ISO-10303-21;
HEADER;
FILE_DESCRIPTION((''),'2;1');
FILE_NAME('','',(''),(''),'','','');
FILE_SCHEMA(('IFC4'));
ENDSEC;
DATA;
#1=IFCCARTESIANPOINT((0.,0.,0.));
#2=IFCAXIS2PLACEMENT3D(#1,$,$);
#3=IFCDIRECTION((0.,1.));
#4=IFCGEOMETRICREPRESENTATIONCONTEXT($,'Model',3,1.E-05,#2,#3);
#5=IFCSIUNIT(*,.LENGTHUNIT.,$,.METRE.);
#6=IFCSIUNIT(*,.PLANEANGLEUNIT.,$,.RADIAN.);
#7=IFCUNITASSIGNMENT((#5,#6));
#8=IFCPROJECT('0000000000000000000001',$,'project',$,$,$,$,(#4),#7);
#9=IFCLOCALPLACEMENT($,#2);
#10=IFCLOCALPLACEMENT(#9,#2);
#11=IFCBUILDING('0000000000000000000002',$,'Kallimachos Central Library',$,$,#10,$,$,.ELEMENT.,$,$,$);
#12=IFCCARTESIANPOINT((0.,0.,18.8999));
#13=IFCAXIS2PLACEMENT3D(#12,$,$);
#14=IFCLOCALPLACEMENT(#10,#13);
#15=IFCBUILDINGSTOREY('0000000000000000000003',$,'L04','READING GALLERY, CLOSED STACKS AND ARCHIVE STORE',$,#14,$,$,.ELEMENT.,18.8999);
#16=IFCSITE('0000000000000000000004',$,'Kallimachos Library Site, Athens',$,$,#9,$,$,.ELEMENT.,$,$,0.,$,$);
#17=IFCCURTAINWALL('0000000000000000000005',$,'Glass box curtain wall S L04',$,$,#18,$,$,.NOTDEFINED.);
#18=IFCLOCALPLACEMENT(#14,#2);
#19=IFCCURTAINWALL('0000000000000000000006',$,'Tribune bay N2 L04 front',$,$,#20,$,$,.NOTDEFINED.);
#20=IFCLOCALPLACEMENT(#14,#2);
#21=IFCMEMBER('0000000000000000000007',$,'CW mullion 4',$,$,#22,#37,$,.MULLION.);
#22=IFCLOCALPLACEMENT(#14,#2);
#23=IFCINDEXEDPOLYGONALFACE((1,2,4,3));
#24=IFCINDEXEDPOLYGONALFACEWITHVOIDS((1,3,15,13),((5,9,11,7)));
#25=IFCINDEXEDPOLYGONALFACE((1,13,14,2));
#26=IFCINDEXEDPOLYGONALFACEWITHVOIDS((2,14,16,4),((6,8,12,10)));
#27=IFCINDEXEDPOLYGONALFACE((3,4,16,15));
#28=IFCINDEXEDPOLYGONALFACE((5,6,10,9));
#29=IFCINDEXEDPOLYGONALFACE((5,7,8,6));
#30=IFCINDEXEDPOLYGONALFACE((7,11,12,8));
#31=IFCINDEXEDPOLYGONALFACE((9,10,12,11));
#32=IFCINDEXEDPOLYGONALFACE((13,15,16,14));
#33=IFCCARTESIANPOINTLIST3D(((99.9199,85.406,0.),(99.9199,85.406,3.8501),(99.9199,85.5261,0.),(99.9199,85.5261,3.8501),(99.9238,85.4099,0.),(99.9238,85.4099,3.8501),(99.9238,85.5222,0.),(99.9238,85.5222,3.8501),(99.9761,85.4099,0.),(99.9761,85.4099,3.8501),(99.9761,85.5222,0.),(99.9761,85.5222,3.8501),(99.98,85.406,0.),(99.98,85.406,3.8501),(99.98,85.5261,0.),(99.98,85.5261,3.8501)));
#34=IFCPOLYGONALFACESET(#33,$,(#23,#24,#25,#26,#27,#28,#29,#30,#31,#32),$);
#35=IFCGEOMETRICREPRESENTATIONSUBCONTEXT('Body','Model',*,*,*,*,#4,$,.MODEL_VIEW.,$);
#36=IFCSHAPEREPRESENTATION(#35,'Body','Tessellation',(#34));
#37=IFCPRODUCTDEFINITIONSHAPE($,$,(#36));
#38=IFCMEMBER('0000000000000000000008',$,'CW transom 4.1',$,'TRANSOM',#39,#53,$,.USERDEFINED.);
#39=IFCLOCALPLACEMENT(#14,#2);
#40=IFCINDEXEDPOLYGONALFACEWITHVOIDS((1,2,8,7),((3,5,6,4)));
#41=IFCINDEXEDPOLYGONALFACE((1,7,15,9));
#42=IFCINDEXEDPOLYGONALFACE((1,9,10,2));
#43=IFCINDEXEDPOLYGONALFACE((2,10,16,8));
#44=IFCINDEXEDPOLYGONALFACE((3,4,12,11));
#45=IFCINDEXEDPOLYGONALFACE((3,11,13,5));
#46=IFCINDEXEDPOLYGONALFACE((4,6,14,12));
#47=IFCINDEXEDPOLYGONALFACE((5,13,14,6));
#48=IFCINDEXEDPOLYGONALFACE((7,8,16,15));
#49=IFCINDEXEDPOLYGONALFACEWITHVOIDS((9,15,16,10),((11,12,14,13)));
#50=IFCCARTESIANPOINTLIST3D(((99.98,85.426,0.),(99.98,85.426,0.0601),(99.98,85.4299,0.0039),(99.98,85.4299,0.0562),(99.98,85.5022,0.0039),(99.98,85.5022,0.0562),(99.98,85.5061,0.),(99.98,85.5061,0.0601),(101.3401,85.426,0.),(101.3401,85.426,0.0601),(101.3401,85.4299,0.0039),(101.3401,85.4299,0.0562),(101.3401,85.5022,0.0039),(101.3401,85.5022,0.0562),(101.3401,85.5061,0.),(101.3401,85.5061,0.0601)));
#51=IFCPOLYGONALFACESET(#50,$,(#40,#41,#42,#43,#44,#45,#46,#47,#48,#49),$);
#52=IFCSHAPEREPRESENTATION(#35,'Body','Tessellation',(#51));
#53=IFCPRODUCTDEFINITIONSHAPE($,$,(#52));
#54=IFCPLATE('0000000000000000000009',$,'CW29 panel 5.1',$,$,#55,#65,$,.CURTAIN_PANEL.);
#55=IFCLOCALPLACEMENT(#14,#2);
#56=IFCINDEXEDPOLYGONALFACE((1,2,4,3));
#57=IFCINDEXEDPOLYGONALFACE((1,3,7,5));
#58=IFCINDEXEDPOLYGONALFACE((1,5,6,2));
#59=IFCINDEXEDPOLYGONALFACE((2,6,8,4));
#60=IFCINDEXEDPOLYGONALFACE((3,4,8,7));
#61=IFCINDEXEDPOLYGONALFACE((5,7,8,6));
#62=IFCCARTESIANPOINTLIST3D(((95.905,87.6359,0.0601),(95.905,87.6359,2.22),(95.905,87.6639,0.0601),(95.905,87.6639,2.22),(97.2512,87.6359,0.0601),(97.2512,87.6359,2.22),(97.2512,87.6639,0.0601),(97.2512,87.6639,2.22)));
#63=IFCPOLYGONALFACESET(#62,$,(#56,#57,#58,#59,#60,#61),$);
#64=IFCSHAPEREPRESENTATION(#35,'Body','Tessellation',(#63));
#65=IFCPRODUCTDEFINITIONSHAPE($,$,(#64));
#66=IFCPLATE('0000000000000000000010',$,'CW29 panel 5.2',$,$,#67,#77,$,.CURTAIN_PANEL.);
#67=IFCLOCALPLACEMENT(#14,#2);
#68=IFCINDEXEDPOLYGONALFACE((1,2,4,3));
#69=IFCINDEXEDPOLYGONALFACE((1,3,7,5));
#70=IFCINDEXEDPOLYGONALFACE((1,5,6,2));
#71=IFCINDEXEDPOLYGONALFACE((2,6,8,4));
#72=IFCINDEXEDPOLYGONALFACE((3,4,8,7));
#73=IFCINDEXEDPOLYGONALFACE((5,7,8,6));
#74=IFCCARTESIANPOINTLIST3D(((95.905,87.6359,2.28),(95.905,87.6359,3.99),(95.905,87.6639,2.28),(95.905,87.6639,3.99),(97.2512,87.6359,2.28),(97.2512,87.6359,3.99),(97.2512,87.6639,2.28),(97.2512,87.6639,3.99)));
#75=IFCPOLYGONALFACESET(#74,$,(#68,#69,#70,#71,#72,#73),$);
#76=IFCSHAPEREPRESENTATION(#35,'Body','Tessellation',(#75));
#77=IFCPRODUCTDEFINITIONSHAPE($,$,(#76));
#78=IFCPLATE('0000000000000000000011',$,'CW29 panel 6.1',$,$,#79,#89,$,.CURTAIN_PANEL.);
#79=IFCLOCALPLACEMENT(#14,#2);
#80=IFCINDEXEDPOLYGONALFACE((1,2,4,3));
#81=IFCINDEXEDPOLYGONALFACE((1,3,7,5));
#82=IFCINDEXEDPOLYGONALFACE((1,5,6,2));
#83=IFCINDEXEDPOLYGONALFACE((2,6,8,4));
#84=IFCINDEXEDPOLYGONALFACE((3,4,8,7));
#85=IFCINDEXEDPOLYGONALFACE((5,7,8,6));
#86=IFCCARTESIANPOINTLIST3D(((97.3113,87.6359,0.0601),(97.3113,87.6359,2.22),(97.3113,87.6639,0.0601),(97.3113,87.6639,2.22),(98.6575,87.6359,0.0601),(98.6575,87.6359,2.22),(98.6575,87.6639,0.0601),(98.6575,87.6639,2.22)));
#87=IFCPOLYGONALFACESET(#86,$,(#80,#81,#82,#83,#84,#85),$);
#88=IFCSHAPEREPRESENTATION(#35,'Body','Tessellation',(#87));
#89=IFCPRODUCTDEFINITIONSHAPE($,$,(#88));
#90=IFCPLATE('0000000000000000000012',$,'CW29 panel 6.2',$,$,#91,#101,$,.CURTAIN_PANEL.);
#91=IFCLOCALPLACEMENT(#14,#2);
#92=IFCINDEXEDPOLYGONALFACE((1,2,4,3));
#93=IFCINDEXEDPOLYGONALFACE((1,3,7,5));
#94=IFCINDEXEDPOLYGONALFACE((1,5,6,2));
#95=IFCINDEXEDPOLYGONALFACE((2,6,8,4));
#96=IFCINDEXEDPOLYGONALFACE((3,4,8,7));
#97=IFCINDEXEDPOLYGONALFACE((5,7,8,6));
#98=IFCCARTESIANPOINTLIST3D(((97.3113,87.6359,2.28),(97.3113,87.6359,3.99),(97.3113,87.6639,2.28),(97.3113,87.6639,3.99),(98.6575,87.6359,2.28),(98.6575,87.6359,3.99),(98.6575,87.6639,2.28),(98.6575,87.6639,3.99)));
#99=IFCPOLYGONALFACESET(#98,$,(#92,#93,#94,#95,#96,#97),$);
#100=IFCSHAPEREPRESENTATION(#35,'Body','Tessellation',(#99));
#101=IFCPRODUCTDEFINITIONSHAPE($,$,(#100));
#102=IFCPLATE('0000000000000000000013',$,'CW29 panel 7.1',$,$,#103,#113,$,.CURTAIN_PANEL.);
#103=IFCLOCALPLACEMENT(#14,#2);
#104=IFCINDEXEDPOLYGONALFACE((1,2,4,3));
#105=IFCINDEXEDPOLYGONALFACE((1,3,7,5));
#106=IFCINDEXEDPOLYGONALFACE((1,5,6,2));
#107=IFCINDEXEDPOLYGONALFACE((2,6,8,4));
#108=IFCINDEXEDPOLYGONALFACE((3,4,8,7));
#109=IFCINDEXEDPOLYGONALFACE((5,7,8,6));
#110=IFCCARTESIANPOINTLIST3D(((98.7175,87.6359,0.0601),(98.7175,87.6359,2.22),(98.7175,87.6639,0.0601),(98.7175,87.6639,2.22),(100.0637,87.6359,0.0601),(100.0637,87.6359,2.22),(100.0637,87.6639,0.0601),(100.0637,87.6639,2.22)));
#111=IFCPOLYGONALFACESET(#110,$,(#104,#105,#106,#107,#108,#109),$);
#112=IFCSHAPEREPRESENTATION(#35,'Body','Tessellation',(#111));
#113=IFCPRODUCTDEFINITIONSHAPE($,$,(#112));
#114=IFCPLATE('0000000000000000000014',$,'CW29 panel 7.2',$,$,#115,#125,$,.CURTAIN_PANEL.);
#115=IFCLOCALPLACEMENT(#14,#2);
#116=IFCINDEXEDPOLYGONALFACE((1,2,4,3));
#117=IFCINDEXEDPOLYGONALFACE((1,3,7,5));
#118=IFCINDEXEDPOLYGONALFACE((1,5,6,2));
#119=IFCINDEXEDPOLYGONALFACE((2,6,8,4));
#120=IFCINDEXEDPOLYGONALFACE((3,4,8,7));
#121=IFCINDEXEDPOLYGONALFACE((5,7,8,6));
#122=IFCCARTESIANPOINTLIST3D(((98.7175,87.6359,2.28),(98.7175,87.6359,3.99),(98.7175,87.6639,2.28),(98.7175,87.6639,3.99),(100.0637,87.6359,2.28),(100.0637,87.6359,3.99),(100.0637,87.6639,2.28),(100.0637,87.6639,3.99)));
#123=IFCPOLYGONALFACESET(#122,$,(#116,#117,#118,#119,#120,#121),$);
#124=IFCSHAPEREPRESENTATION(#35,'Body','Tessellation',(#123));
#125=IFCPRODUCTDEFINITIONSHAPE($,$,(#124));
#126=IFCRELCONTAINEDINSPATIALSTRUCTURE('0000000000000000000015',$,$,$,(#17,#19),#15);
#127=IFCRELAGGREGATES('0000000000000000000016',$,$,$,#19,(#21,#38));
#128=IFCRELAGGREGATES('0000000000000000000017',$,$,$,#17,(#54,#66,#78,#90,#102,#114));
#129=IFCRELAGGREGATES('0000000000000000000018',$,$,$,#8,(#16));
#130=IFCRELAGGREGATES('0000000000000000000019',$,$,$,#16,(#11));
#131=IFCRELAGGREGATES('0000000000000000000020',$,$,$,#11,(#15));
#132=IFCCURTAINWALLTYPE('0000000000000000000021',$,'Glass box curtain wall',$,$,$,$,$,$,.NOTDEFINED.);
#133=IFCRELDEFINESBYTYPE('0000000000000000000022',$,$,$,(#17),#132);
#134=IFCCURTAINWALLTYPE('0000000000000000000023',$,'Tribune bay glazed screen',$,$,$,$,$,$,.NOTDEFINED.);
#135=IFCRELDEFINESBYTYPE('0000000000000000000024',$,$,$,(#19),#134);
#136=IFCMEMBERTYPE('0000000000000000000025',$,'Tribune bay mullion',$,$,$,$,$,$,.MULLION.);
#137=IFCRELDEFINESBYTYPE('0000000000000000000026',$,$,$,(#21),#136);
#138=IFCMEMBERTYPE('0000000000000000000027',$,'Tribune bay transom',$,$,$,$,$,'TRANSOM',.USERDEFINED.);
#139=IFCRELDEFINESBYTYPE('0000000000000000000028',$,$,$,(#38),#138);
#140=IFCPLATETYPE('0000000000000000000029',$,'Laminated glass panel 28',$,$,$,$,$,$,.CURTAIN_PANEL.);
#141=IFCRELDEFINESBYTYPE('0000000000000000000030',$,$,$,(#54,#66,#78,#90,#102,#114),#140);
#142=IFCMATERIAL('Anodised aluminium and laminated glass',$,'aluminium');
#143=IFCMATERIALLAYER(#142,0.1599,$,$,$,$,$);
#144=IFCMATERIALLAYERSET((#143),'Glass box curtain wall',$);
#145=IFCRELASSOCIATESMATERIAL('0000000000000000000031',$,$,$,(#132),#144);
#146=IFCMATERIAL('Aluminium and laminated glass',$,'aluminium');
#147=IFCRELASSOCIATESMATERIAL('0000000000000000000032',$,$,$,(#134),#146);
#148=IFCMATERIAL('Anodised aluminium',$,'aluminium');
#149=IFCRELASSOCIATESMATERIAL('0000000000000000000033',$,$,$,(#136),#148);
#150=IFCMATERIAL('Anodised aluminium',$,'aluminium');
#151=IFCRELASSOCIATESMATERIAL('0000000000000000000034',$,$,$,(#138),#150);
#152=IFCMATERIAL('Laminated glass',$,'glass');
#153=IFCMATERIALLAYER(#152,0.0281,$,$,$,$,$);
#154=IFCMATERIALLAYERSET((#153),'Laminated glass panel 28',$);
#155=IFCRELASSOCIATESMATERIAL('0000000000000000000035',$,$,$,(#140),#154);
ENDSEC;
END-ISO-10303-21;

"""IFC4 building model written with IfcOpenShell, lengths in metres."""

from ifc_helpers import new_model, si_unit, direction, frame, origin, origin_2d, place, context, subcontext, project, spatial, rectangle, hollow_rectangle, extrude, material, layer, layer_set, material_profile, profile_set, type_object, element, aggregate, save


model = new_model("IFC4")

# Units and contexts
model_context = context("Model", 3, precision=1e-05, world=origin(), true_north=direction((0.0, 1.0)))
body_context = subcontext(model_context, "Body", "Model", "MODEL_VIEW")
ifc_project = project(units=[si_unit("LENGTHUNIT", "METRE"), si_unit("PLANEANGLEUNIT", "RADIAN")], contexts=[model_context])

# Site, building, storey
site_placement = place(None, origin())
site = spatial("IfcSite", under=ifc_project, at=site_placement, Name="Kallimachos Library Site, Athens", CompositionType="ELEMENT", RefElevation=0.0)
building_placement = place(site_placement, origin())
building = spatial("IfcBuilding", under=site, at=building_placement, Name="Kallimachos Central Library", CompositionType="ELEMENT")
storey_placement = place(building_placement, frame((0.0, 0.0, 18.8999)))
storey = spatial("IfcBuildingStorey", under=building, at=storey_placement, Name="L04", Description="READING GALLERY, CLOSED STACKS AND ARCHIVE STORE", CompositionType="ELEMENT", Elevation=18.8999)

# Curtain wall
ifc_material_1 = material(Name="Anodised aluminium and laminated glass", Category="aluminium")
ifc_layer_1 = layer(ifc_material_1, 0.1599)
ifc_layer_set_1 = layer_set([ifc_layer_1], Name="Glass box curtain wall")
curtain_wall_type_1 = type_object("IfcCurtainWallType", Name="Glass box curtain wall", PredefinedType="NOTDEFINED", material=ifc_layer_set_1)
curtain_wall_1_placement = place(storey_placement, origin())
curtain_wall_1 = element("IfcCurtainWall", 1, at=curtain_wall_1_placement, inside=storey, type_object=curtain_wall_type_1, Name="Glass box curtain wall S L04", PredefinedType="NOTDEFINED")

# Curtain wall, members
ifc_material_2 = material(Name="Aluminium and laminated glass", Category="aluminium")
curtain_wall_type_2 = type_object("IfcCurtainWallType", Name="Tribune bay glazed screen", PredefinedType="NOTDEFINED", material=ifc_material_2)
curtain_wall_2_placement = place(storey_placement, origin())
curtain_wall_2 = element("IfcCurtainWall", 2, at=curtain_wall_2_placement, inside=storey, type_object=curtain_wall_type_2, Name="Tribune bay N2 L04 front", PredefinedType="NOTDEFINED")
ifc_material_3 = material(Name="Anodised aluminium", Category="aluminium")
ifc_material_profile_1 = material_profile(ifc_material_3, hollow_rectangle(XDim=0.0601, YDim=0.1201, WallThickness=0.0039, at=origin_2d()), Name="ALU MULLION 60x120")
ifc_profile_set_1 = profile_set([ifc_material_profile_1], Name="Anodised aluminium")
member_type_1 = type_object("IfcMemberType", Name="Tribune bay mullion", PredefinedType="MULLION", material=ifc_profile_set_1)
member_1_placement = place(storey_placement, frame((99.95, 85.4661, 0.0), z_axis=(0.0, 0.0, 1.0), x_axis=(1.0, 0.0, 0.0)))
member_1 = element("IfcMember", 3, at=member_1_placement, type_object=member_type_1, Name="CW mullion 4", PredefinedType="MULLION", context=body_context, shape_type="SweptSolid", body=[
    extrude(hollow_rectangle(XDim=0.0601, YDim=0.1201, WallThickness=0.0039, at=origin_2d()), origin(), (0.0, 0.0, 1.0), 3.8501),
])
ifc_material_4 = material(Name="Anodised aluminium", Category="aluminium")
ifc_material_profile_2 = material_profile(ifc_material_4, hollow_rectangle(XDim=0.0601, YDim=0.0801, WallThickness=0.0039, at=origin_2d()), Name="ALU TRANSOM 60x80")
ifc_profile_set_2 = profile_set([ifc_material_profile_2], Name="Anodised aluminium")
member_type_2 = type_object("IfcMemberType", Name="Tribune bay transom", ElementType="TRANSOM", PredefinedType="USERDEFINED", material=ifc_profile_set_2)
member_2_placement = place(storey_placement, frame((99.98, 85.4661, 0.03), z_axis=(1.0, 0.0, 0.0), x_axis=(0.0, 0.0, 1.0)))
member_2 = element("IfcMember", 4, at=member_2_placement, type_object=member_type_2, Name="CW transom 4.1", ObjectType="TRANSOM", PredefinedType="USERDEFINED", context=body_context, shape_type="SweptSolid", body=[
    extrude(hollow_rectangle(XDim=0.0601, YDim=0.0801, WallThickness=0.0039, at=origin_2d()), origin(), (0.0, 0.0, 1.0), 1.3601),
])
aggregate(curtain_wall_2, [member_1, member_2])

# Plates
ifc_material_5 = material(Name="Laminated glass", Category="glass")
ifc_layer_2 = layer(ifc_material_5, 0.0281)
ifc_layer_set_2 = layer_set([ifc_layer_2], Name="Laminated glass panel 28")
plate_type = type_object("IfcPlateType", Name="Laminated glass panel 28", PredefinedType="CURTAIN_PANEL", material=ifc_layer_set_2)
plate_1_placement = place(storey_placement, frame((96.5781, 87.6499, 0.0601), z_axis=(0.0, 0.0, 1.0), x_axis=(1.0, 0.0, 0.0)))
plate_1 = element("IfcPlate", 5, at=plate_1_placement, type_object=plate_type, Name="CW29 panel 5.1", PredefinedType="CURTAIN_PANEL", context=body_context, shape_type="SweptSolid", body=[
    extrude(rectangle(XDim=1.3462, YDim=0.0281, at=origin_2d()), origin(), (0.0, 0.0, 1.0), 2.1599),
])
plate_2_placement = place(storey_placement, frame((96.5781, 87.6499, 2.28), z_axis=(0.0, 0.0, 1.0), x_axis=(1.0, 0.0, 0.0)))
plate_2 = element("IfcPlate", 6, at=plate_2_placement, type_object=plate_type, Name="CW29 panel 5.2", PredefinedType="CURTAIN_PANEL", context=body_context, shape_type="SweptSolid", body=[
    extrude(rectangle(XDim=1.3462, YDim=0.0281, at=origin_2d()), origin(), (0.0, 0.0, 1.0), 1.71),
])
plate_3_placement = place(storey_placement, frame((97.9844, 87.6499, 0.0601), z_axis=(0.0, 0.0, 1.0), x_axis=(1.0, 0.0, 0.0)))
plate_3 = element("IfcPlate", 7, at=plate_3_placement, type_object=plate_type, Name="CW29 panel 6.1", PredefinedType="CURTAIN_PANEL", context=body_context, shape_type="SweptSolid", body=[
    extrude(rectangle(XDim=1.3462, YDim=0.0281, at=origin_2d()), origin(), (0.0, 0.0, 1.0), 2.1599),
])
plate_4_placement = place(storey_placement, frame((97.9844, 87.6499, 2.28), z_axis=(0.0, 0.0, 1.0), x_axis=(1.0, 0.0, 0.0)))
plate_4 = element("IfcPlate", 8, at=plate_4_placement, type_object=plate_type, Name="CW29 panel 6.2", PredefinedType="CURTAIN_PANEL", context=body_context, shape_type="SweptSolid", body=[
    extrude(rectangle(XDim=1.3462, YDim=0.0281, at=origin_2d()), origin(), (0.0, 0.0, 1.0), 1.71),
])
plate_5_placement = place(storey_placement, frame((99.3906, 87.6499, 0.0601), z_axis=(0.0, 0.0, 1.0), x_axis=(1.0, 0.0, 0.0)))
plate_5 = element("IfcPlate", 9, at=plate_5_placement, type_object=plate_type, Name="CW29 panel 7.1", PredefinedType="CURTAIN_PANEL", context=body_context, shape_type="SweptSolid", body=[
    extrude(rectangle(XDim=1.3462, YDim=0.0281, at=origin_2d()), origin(), (0.0, 0.0, 1.0), 2.1599),
])
plate_6_placement = place(storey_placement, frame((99.3906, 87.6499, 2.28), z_axis=(0.0, 0.0, 1.0), x_axis=(1.0, 0.0, 0.0)))
plate_6 = element("IfcPlate", 10, at=plate_6_placement, type_object=plate_type, Name="CW29 panel 7.2", PredefinedType="CURTAIN_PANEL", context=body_context, shape_type="SweptSolid", body=[
    extrude(rectangle(XDim=1.3462, YDim=0.0281, at=origin_2d()), origin(), (0.0, 0.0, 1.0), 1.71),
])
aggregate(curtain_wall_1, [plate_1, plate_2, plate_3, plate_4, plate_5, plate_6])

save(model, "model.ifc")
